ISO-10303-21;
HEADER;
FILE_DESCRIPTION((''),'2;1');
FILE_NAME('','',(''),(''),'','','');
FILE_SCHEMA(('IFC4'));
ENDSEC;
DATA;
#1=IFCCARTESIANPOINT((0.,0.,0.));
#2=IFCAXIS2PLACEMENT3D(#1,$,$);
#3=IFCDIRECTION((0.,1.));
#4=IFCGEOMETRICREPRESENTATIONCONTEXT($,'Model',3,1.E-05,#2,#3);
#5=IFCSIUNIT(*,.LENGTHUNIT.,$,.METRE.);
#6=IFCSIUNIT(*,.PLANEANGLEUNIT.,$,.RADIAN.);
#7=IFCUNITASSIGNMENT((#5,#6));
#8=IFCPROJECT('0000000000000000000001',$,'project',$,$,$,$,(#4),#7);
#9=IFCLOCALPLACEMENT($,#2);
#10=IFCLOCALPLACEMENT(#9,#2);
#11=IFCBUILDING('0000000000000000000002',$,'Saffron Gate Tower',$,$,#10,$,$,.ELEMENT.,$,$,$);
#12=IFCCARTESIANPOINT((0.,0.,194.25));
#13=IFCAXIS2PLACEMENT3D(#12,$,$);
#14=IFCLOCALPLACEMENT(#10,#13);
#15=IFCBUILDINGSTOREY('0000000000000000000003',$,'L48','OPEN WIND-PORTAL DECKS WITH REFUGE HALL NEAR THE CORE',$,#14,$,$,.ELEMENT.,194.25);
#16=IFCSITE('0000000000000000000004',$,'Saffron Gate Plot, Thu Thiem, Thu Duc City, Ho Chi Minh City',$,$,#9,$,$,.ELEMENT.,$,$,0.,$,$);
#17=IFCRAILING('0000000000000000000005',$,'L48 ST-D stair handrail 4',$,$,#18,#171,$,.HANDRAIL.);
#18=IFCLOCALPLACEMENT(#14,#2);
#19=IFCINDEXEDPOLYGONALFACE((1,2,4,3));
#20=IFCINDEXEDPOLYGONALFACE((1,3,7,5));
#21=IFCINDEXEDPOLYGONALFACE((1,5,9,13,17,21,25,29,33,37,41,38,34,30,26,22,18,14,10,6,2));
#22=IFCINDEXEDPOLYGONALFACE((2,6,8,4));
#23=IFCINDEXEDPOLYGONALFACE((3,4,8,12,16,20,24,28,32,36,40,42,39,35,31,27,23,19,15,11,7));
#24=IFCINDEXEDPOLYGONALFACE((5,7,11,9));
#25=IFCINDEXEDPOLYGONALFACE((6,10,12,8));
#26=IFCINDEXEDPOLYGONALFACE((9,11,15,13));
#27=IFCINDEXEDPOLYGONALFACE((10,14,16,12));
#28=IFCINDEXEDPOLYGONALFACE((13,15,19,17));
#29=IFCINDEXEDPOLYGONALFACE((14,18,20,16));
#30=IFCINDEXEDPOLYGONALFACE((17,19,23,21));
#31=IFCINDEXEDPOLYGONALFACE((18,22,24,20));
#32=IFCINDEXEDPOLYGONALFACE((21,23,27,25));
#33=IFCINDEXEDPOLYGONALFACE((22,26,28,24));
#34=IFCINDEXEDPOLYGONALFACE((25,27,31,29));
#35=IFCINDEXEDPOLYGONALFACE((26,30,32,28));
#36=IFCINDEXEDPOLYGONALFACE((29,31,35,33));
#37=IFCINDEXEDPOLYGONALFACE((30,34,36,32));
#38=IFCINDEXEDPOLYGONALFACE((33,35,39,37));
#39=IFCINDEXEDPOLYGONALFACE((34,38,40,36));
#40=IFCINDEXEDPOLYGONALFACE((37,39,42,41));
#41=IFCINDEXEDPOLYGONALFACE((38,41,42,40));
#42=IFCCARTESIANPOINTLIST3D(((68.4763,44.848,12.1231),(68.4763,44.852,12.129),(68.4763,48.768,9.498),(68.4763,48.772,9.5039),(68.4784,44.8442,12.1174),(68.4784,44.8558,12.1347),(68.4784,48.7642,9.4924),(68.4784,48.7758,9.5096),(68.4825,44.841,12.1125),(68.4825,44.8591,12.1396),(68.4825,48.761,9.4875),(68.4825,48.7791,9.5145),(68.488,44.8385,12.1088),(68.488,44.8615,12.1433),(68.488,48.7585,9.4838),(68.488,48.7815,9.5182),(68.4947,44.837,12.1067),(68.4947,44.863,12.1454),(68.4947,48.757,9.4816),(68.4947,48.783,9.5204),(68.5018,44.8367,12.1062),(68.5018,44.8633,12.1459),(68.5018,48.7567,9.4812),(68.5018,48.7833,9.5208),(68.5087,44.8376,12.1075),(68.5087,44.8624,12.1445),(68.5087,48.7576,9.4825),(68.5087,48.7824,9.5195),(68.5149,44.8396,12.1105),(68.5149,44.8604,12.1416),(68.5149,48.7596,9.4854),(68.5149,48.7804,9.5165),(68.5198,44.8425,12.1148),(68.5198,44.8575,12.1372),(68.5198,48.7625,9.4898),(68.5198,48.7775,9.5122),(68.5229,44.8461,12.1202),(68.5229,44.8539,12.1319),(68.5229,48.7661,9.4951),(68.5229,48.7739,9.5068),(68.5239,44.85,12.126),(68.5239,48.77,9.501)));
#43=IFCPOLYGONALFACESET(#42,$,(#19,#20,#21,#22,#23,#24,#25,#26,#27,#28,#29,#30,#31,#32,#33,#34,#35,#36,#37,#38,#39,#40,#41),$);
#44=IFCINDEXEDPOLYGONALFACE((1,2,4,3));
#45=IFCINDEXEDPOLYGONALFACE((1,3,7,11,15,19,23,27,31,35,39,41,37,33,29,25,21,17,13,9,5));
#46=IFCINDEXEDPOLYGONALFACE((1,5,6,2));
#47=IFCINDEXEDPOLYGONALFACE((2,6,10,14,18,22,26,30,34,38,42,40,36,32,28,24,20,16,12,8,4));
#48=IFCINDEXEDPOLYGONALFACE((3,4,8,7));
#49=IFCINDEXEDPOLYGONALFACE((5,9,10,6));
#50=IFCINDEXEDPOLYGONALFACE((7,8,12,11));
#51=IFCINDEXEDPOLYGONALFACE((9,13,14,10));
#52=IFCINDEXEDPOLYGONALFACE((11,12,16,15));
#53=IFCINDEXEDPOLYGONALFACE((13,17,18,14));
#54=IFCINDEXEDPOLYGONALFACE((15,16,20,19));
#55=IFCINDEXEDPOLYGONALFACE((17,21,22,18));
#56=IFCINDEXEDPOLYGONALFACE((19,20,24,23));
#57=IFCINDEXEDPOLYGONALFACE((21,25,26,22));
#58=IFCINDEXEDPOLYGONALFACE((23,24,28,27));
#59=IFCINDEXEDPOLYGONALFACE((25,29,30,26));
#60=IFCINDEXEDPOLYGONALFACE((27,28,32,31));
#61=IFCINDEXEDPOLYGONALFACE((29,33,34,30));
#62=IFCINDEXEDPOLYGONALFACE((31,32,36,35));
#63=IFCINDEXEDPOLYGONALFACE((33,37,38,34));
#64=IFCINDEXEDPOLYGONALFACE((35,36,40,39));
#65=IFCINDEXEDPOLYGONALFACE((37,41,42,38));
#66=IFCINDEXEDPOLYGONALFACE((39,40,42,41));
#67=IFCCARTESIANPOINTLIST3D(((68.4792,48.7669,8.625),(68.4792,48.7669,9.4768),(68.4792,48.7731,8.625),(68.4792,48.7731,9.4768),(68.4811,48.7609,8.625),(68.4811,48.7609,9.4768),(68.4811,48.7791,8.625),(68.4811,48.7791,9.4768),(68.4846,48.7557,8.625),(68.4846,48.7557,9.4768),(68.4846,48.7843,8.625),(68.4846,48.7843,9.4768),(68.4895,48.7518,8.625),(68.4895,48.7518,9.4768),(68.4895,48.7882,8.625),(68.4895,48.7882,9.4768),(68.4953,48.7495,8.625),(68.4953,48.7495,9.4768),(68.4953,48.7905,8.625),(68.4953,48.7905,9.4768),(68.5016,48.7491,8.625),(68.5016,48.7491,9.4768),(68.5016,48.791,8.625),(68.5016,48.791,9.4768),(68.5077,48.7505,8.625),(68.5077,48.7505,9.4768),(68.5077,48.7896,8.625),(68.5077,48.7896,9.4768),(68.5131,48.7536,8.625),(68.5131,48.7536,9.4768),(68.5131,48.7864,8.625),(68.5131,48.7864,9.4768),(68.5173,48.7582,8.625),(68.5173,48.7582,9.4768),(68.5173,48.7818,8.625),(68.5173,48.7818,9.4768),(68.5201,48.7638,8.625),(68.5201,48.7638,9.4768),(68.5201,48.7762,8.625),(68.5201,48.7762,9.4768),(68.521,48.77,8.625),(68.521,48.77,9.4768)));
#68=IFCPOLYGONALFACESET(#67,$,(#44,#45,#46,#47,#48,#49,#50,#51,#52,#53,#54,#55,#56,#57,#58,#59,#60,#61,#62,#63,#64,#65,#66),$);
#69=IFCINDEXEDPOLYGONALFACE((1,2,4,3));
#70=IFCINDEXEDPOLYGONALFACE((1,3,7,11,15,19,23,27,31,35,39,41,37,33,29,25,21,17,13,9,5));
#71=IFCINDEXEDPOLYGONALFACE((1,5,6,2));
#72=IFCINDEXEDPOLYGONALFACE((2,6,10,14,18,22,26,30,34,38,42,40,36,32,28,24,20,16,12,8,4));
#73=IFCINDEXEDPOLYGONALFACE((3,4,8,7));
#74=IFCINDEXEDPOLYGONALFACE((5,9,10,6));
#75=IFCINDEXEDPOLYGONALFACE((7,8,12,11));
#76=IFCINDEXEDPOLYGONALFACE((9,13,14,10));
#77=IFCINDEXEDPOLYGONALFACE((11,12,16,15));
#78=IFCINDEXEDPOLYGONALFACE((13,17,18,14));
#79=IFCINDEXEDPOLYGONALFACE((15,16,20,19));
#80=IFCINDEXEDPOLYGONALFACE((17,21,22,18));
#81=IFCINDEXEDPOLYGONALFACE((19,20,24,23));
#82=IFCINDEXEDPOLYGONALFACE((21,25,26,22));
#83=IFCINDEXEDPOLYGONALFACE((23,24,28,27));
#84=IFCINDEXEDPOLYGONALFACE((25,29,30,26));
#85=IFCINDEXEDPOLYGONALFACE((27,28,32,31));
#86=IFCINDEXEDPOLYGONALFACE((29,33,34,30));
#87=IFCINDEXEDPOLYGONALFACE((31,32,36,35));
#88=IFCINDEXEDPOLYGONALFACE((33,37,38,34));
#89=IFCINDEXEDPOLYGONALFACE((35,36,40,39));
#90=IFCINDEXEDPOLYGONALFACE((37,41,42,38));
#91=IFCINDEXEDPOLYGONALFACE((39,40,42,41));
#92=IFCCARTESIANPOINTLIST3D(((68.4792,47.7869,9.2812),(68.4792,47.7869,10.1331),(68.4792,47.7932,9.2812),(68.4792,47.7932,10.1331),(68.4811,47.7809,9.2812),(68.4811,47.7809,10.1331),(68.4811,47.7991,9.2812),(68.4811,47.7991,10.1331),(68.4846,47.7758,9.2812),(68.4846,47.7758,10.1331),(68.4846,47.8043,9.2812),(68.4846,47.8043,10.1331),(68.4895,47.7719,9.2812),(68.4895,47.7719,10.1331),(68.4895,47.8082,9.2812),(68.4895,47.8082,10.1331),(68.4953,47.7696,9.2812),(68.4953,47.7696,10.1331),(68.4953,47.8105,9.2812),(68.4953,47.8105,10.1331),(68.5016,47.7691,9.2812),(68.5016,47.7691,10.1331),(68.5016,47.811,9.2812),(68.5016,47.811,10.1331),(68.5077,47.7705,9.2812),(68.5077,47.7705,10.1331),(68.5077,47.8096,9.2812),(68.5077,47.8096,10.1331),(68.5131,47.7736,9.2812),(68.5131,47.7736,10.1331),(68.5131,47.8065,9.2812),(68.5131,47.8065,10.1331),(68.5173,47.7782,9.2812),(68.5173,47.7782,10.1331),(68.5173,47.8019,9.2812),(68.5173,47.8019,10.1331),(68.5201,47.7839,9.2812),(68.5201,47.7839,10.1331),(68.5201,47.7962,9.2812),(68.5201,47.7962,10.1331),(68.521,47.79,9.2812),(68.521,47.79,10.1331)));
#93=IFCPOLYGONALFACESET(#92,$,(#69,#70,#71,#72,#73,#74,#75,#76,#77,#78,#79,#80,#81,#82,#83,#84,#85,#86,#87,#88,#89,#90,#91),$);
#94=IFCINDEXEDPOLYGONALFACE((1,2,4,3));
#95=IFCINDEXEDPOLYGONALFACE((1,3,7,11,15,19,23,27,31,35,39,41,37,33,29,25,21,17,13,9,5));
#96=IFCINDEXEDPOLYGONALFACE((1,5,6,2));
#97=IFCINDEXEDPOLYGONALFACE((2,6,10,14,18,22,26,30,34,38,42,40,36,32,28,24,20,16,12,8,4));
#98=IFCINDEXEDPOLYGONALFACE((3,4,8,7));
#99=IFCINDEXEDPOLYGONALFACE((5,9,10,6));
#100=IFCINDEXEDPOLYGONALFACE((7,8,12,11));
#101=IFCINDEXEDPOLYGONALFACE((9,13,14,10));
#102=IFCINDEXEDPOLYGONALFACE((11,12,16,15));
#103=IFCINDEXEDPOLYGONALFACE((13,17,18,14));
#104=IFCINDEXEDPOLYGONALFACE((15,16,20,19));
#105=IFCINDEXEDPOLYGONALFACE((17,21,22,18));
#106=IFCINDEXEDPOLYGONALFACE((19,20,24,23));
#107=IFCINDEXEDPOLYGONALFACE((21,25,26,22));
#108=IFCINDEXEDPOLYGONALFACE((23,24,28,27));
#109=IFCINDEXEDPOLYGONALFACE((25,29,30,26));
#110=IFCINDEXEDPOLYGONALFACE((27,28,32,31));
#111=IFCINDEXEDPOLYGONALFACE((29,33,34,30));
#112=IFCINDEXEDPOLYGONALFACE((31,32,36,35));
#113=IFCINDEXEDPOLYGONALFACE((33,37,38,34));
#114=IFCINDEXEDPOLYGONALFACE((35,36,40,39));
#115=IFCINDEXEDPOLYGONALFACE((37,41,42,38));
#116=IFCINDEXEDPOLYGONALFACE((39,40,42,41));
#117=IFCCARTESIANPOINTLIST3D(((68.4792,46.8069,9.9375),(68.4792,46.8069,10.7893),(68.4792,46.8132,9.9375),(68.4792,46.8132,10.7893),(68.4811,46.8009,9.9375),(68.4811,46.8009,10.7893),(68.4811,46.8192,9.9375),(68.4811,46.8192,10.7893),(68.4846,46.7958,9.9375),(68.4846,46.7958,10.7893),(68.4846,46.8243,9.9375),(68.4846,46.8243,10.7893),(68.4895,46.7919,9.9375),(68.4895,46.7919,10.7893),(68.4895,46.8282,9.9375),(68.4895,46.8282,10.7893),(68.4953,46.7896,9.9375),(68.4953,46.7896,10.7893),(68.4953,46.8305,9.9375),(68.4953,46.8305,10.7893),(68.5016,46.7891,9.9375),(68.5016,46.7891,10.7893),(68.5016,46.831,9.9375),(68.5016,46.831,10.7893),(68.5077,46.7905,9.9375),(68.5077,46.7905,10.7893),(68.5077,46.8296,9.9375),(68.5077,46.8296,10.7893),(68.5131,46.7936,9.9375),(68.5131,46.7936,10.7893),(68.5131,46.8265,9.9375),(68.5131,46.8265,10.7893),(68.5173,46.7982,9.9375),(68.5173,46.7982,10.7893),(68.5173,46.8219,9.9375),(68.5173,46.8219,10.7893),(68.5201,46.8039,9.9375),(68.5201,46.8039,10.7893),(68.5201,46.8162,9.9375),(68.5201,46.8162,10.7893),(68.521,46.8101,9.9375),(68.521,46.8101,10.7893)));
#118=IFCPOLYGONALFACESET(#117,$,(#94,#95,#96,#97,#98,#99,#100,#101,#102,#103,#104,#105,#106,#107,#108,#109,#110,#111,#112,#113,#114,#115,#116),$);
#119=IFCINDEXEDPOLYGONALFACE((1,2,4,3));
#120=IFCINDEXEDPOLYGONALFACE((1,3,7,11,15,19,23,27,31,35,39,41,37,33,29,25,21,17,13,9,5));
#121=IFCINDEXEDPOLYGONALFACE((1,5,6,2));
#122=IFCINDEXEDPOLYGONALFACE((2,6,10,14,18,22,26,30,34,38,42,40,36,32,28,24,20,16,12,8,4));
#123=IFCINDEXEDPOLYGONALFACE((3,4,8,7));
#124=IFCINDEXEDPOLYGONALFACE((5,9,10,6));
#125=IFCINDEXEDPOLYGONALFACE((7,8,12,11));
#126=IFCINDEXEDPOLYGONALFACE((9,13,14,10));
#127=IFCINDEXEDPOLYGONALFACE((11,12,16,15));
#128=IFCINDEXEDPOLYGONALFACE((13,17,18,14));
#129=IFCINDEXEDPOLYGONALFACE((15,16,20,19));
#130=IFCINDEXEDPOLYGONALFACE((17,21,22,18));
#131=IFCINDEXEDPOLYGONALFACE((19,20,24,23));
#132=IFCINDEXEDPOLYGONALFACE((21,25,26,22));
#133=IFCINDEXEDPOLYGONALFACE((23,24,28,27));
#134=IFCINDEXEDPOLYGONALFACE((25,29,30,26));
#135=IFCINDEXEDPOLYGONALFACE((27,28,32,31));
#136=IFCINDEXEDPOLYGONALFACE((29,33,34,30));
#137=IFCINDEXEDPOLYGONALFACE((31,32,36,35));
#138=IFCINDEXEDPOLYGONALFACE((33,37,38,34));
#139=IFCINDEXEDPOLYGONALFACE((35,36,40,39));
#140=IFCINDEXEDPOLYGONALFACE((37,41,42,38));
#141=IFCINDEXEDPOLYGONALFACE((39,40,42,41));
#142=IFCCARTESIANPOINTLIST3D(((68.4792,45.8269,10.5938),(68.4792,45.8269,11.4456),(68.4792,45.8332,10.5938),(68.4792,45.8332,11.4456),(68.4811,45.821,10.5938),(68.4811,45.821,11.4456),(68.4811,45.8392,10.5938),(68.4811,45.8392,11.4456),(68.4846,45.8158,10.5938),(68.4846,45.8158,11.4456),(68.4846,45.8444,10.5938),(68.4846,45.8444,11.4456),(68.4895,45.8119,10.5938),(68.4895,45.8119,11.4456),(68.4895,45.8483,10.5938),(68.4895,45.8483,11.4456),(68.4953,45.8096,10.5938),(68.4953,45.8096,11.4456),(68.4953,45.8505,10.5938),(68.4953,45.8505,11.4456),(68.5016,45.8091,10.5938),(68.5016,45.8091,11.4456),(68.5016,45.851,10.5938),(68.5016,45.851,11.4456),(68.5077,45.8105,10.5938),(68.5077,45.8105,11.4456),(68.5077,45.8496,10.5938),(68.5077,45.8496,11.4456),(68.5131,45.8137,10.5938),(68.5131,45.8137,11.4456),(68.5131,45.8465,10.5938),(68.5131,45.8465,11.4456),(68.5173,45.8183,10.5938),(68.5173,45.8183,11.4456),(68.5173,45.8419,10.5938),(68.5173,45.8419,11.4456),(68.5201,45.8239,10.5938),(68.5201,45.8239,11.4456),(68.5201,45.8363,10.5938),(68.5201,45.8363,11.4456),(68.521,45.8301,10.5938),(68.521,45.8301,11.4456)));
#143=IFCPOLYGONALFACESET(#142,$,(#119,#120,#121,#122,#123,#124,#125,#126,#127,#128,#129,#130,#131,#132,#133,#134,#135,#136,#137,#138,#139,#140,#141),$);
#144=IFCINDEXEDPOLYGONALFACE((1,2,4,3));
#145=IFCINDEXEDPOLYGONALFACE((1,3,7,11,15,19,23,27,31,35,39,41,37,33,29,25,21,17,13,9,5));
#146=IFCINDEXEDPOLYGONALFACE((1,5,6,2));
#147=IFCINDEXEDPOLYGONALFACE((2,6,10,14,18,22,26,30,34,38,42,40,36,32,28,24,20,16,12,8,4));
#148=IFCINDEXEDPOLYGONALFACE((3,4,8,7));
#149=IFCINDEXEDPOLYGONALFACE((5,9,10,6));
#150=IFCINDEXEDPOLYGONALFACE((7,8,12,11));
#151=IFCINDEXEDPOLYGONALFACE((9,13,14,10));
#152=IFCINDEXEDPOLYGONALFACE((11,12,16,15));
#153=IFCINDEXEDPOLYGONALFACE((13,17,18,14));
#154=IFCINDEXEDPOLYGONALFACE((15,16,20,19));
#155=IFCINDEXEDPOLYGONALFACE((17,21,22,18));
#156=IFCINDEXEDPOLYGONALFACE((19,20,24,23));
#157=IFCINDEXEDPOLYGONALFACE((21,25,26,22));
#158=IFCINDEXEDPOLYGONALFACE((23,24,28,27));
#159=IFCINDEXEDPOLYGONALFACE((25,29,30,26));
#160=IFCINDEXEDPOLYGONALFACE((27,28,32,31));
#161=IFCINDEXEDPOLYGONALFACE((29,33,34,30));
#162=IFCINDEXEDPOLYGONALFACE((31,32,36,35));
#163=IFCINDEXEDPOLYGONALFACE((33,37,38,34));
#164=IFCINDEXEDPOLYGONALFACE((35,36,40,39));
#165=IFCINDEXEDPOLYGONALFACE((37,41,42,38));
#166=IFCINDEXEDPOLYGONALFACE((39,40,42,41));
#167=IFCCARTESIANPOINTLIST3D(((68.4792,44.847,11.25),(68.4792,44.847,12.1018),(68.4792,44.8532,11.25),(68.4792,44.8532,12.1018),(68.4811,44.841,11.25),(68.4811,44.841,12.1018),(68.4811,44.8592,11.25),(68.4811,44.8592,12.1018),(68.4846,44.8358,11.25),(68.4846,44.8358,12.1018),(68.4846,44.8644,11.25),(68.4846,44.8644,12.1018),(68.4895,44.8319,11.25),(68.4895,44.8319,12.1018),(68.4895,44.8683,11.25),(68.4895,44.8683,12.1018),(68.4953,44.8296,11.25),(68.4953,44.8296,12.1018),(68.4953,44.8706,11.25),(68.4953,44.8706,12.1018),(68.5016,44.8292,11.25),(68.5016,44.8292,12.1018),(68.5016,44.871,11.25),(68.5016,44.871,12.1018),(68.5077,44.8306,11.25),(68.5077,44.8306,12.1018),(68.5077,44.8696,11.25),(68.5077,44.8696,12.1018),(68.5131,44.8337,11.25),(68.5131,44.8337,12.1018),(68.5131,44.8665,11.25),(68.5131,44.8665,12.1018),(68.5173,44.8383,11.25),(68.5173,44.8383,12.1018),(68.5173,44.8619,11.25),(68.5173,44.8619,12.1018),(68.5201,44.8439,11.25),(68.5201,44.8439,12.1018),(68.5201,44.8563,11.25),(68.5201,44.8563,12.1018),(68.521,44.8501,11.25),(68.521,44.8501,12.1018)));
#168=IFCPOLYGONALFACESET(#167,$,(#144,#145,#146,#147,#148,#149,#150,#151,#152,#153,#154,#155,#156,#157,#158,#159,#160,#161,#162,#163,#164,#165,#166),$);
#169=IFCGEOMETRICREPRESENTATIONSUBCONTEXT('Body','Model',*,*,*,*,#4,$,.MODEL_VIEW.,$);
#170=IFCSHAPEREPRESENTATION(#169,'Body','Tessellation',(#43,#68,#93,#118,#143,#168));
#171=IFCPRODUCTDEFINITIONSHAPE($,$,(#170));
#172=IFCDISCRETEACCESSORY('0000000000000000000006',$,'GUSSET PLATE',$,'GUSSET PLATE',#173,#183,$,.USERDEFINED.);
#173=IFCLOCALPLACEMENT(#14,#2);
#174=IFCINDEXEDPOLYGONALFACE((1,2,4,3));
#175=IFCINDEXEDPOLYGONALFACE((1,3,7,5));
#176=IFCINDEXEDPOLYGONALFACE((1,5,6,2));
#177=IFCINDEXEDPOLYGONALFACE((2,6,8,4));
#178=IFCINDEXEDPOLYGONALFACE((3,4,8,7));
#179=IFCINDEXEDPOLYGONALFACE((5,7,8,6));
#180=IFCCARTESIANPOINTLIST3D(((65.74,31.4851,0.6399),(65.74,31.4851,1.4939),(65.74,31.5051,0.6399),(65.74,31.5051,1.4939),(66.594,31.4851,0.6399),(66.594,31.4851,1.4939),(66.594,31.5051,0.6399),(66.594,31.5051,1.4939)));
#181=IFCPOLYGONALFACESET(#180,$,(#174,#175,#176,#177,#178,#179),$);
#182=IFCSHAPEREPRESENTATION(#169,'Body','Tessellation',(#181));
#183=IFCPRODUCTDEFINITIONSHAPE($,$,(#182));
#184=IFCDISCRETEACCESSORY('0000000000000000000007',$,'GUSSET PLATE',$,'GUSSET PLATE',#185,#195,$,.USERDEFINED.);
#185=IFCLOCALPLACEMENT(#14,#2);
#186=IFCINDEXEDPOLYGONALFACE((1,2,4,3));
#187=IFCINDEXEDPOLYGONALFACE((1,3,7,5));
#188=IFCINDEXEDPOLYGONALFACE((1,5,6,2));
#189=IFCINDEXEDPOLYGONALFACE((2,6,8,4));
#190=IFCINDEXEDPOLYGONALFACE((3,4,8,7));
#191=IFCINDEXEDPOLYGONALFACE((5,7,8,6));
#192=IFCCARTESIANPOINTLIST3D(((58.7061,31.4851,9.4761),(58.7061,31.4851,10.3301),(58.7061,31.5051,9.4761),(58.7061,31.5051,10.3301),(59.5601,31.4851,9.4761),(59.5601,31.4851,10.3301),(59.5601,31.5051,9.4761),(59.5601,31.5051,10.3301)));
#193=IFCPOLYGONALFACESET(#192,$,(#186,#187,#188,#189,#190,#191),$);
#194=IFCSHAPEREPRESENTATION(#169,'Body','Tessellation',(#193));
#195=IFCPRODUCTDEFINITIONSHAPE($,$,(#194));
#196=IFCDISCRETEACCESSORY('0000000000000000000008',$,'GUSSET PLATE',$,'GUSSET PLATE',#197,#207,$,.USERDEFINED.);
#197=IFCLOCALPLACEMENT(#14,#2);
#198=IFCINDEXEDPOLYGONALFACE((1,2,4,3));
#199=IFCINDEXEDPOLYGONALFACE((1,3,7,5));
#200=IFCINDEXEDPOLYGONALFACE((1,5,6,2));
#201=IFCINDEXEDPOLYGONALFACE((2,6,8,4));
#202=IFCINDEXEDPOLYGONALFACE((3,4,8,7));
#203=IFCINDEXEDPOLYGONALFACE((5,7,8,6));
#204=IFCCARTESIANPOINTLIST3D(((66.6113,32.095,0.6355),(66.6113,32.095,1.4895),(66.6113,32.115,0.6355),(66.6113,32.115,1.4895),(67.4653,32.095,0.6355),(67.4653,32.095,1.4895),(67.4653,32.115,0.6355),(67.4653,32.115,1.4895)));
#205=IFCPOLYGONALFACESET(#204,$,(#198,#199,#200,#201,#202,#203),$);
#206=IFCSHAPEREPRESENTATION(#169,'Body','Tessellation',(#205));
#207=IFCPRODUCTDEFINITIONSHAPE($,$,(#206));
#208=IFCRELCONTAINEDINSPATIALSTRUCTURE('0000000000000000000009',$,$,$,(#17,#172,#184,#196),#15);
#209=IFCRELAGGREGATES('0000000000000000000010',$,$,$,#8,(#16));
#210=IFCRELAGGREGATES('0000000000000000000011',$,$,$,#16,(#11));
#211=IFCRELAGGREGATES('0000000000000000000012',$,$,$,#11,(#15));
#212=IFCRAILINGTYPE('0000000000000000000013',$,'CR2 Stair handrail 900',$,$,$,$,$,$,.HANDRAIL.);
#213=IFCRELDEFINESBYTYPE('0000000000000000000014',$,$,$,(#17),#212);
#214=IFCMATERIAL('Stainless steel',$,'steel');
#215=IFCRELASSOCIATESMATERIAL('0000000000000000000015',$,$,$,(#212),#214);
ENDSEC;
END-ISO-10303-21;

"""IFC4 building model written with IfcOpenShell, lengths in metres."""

from ifc_helpers import new_model, si_unit, direction, frame, origin, origin_2d, place, context, subcontext, project, spatial, rectangle, circle, extrude, material, type_object, element, save


model = new_model("IFC4")

# Units and contexts
model_context = context("Model", 3, precision=1e-05, world=origin(), true_north=direction((0.0, 1.0)))
body_context = subcontext(model_context, "Body", "Model", "MODEL_VIEW")
ifc_project = project(units=[si_unit("LENGTHUNIT", "METRE"), si_unit("PLANEANGLEUNIT", "RADIAN")], contexts=[model_context])

# Site, building, storey
site_placement = place(None, origin())
site = spatial("IfcSite", under=ifc_project, at=site_placement, Name="Saffron Gate Plot, Thu Thiem, Thu Duc City, Ho Chi Minh City", CompositionType="ELEMENT", RefElevation=0.0)
building_placement = place(site_placement, origin())
building = spatial("IfcBuilding", under=site, at=building_placement, Name="Saffron Gate Tower", CompositionType="ELEMENT")
storey_placement = place(building_placement, frame((0.0, 0.0, 194.25)))
storey = spatial("IfcBuildingStorey", under=building, at=storey_placement, Name="L48", Description="OPEN WIND-PORTAL DECKS WITH REFUGE HALL NEAR THE CORE", CompositionType="ELEMENT", Elevation=194.25)

# Railing
ifc_material_1 = material(Name="Stainless steel", Category="steel")
railing_type_1 = type_object("IfcRailingType", Name="CR2 Stair handrail 900", PredefinedType="HANDRAIL", material=ifc_material_1)
railing_1_placement = place(storey_placement, frame((68.5, 48.77, 8.625)))
element("IfcRailing", 1, at=railing_1_placement, inside=storey, type_object=railing_type_1, Name="L48 ST-D stair handrail 4", PredefinedType="HANDRAIL", context=body_context, shape_type="SweptSolid", body=[
    extrude(circle(Radius=0.0239, at=origin_2d()), frame((0.0, 0.0, 0.876), z_axis=(0.0, -0.830902, 0.556419), x_axis=(1.0, 0.0, 0.0)), (0.0, 0.0, 1.0), 4.7178),
    extrude(circle(Radius=0.021, at=origin_2d()), origin(), (0.0, 0.0, 1.0), 0.8518),
    extrude(circle(Radius=0.021, at=origin_2d()), frame((0.0, -0.98, 0.6562)), (0.0, 0.0, 1.0), 0.8518),
    extrude(circle(Radius=0.021, at=origin_2d()), frame((0.0, -1.96, 1.3125)), (0.0, 0.0, 1.0), 0.8518),
    extrude(circle(Radius=0.021, at=origin_2d()), frame((0.0, -2.9399, 1.9688)), (0.0, 0.0, 1.0), 0.8518),
    extrude(circle(Radius=0.021, at=origin_2d()), frame((0.0, -3.9199, 2.625)), (0.0, 0.0, 1.0), 0.8518),
])

# Discrete accessories
for number, where, z_axis, x_axis, name in (
    (2, (66.167, 31.4951, 0.6399), (0.0, 0.0, 1.0), (-1.0, 0.0, 0.0), "GUSSET PLATE"),
    (3, (59.1331, 31.4951, 9.4761), (0.0, 0.0, 1.0), (-1.0, 0.0, 0.0), "GUSSET PLATE"),
    (4, (67.0383, 32.105, 0.6355), (0.0, 0.0, 1.0), (1.0, 0.0, 0.0), "GUSSET PLATE"),
):
    element("IfcDiscreteAccessory", number, at=place(storey_placement, frame(where, z_axis=z_axis, x_axis=x_axis)), inside=storey, Name=name, ObjectType="GUSSET PLATE", PredefinedType="USERDEFINED", context=body_context, shape_type="SweptSolid", body=[
        extrude(rectangle(XDim=0.854, YDim=0.02, at=origin_2d()), origin(), (0.0, 0.0, 1.0), 0.854),
    ])

save(model, "model.ifc")
